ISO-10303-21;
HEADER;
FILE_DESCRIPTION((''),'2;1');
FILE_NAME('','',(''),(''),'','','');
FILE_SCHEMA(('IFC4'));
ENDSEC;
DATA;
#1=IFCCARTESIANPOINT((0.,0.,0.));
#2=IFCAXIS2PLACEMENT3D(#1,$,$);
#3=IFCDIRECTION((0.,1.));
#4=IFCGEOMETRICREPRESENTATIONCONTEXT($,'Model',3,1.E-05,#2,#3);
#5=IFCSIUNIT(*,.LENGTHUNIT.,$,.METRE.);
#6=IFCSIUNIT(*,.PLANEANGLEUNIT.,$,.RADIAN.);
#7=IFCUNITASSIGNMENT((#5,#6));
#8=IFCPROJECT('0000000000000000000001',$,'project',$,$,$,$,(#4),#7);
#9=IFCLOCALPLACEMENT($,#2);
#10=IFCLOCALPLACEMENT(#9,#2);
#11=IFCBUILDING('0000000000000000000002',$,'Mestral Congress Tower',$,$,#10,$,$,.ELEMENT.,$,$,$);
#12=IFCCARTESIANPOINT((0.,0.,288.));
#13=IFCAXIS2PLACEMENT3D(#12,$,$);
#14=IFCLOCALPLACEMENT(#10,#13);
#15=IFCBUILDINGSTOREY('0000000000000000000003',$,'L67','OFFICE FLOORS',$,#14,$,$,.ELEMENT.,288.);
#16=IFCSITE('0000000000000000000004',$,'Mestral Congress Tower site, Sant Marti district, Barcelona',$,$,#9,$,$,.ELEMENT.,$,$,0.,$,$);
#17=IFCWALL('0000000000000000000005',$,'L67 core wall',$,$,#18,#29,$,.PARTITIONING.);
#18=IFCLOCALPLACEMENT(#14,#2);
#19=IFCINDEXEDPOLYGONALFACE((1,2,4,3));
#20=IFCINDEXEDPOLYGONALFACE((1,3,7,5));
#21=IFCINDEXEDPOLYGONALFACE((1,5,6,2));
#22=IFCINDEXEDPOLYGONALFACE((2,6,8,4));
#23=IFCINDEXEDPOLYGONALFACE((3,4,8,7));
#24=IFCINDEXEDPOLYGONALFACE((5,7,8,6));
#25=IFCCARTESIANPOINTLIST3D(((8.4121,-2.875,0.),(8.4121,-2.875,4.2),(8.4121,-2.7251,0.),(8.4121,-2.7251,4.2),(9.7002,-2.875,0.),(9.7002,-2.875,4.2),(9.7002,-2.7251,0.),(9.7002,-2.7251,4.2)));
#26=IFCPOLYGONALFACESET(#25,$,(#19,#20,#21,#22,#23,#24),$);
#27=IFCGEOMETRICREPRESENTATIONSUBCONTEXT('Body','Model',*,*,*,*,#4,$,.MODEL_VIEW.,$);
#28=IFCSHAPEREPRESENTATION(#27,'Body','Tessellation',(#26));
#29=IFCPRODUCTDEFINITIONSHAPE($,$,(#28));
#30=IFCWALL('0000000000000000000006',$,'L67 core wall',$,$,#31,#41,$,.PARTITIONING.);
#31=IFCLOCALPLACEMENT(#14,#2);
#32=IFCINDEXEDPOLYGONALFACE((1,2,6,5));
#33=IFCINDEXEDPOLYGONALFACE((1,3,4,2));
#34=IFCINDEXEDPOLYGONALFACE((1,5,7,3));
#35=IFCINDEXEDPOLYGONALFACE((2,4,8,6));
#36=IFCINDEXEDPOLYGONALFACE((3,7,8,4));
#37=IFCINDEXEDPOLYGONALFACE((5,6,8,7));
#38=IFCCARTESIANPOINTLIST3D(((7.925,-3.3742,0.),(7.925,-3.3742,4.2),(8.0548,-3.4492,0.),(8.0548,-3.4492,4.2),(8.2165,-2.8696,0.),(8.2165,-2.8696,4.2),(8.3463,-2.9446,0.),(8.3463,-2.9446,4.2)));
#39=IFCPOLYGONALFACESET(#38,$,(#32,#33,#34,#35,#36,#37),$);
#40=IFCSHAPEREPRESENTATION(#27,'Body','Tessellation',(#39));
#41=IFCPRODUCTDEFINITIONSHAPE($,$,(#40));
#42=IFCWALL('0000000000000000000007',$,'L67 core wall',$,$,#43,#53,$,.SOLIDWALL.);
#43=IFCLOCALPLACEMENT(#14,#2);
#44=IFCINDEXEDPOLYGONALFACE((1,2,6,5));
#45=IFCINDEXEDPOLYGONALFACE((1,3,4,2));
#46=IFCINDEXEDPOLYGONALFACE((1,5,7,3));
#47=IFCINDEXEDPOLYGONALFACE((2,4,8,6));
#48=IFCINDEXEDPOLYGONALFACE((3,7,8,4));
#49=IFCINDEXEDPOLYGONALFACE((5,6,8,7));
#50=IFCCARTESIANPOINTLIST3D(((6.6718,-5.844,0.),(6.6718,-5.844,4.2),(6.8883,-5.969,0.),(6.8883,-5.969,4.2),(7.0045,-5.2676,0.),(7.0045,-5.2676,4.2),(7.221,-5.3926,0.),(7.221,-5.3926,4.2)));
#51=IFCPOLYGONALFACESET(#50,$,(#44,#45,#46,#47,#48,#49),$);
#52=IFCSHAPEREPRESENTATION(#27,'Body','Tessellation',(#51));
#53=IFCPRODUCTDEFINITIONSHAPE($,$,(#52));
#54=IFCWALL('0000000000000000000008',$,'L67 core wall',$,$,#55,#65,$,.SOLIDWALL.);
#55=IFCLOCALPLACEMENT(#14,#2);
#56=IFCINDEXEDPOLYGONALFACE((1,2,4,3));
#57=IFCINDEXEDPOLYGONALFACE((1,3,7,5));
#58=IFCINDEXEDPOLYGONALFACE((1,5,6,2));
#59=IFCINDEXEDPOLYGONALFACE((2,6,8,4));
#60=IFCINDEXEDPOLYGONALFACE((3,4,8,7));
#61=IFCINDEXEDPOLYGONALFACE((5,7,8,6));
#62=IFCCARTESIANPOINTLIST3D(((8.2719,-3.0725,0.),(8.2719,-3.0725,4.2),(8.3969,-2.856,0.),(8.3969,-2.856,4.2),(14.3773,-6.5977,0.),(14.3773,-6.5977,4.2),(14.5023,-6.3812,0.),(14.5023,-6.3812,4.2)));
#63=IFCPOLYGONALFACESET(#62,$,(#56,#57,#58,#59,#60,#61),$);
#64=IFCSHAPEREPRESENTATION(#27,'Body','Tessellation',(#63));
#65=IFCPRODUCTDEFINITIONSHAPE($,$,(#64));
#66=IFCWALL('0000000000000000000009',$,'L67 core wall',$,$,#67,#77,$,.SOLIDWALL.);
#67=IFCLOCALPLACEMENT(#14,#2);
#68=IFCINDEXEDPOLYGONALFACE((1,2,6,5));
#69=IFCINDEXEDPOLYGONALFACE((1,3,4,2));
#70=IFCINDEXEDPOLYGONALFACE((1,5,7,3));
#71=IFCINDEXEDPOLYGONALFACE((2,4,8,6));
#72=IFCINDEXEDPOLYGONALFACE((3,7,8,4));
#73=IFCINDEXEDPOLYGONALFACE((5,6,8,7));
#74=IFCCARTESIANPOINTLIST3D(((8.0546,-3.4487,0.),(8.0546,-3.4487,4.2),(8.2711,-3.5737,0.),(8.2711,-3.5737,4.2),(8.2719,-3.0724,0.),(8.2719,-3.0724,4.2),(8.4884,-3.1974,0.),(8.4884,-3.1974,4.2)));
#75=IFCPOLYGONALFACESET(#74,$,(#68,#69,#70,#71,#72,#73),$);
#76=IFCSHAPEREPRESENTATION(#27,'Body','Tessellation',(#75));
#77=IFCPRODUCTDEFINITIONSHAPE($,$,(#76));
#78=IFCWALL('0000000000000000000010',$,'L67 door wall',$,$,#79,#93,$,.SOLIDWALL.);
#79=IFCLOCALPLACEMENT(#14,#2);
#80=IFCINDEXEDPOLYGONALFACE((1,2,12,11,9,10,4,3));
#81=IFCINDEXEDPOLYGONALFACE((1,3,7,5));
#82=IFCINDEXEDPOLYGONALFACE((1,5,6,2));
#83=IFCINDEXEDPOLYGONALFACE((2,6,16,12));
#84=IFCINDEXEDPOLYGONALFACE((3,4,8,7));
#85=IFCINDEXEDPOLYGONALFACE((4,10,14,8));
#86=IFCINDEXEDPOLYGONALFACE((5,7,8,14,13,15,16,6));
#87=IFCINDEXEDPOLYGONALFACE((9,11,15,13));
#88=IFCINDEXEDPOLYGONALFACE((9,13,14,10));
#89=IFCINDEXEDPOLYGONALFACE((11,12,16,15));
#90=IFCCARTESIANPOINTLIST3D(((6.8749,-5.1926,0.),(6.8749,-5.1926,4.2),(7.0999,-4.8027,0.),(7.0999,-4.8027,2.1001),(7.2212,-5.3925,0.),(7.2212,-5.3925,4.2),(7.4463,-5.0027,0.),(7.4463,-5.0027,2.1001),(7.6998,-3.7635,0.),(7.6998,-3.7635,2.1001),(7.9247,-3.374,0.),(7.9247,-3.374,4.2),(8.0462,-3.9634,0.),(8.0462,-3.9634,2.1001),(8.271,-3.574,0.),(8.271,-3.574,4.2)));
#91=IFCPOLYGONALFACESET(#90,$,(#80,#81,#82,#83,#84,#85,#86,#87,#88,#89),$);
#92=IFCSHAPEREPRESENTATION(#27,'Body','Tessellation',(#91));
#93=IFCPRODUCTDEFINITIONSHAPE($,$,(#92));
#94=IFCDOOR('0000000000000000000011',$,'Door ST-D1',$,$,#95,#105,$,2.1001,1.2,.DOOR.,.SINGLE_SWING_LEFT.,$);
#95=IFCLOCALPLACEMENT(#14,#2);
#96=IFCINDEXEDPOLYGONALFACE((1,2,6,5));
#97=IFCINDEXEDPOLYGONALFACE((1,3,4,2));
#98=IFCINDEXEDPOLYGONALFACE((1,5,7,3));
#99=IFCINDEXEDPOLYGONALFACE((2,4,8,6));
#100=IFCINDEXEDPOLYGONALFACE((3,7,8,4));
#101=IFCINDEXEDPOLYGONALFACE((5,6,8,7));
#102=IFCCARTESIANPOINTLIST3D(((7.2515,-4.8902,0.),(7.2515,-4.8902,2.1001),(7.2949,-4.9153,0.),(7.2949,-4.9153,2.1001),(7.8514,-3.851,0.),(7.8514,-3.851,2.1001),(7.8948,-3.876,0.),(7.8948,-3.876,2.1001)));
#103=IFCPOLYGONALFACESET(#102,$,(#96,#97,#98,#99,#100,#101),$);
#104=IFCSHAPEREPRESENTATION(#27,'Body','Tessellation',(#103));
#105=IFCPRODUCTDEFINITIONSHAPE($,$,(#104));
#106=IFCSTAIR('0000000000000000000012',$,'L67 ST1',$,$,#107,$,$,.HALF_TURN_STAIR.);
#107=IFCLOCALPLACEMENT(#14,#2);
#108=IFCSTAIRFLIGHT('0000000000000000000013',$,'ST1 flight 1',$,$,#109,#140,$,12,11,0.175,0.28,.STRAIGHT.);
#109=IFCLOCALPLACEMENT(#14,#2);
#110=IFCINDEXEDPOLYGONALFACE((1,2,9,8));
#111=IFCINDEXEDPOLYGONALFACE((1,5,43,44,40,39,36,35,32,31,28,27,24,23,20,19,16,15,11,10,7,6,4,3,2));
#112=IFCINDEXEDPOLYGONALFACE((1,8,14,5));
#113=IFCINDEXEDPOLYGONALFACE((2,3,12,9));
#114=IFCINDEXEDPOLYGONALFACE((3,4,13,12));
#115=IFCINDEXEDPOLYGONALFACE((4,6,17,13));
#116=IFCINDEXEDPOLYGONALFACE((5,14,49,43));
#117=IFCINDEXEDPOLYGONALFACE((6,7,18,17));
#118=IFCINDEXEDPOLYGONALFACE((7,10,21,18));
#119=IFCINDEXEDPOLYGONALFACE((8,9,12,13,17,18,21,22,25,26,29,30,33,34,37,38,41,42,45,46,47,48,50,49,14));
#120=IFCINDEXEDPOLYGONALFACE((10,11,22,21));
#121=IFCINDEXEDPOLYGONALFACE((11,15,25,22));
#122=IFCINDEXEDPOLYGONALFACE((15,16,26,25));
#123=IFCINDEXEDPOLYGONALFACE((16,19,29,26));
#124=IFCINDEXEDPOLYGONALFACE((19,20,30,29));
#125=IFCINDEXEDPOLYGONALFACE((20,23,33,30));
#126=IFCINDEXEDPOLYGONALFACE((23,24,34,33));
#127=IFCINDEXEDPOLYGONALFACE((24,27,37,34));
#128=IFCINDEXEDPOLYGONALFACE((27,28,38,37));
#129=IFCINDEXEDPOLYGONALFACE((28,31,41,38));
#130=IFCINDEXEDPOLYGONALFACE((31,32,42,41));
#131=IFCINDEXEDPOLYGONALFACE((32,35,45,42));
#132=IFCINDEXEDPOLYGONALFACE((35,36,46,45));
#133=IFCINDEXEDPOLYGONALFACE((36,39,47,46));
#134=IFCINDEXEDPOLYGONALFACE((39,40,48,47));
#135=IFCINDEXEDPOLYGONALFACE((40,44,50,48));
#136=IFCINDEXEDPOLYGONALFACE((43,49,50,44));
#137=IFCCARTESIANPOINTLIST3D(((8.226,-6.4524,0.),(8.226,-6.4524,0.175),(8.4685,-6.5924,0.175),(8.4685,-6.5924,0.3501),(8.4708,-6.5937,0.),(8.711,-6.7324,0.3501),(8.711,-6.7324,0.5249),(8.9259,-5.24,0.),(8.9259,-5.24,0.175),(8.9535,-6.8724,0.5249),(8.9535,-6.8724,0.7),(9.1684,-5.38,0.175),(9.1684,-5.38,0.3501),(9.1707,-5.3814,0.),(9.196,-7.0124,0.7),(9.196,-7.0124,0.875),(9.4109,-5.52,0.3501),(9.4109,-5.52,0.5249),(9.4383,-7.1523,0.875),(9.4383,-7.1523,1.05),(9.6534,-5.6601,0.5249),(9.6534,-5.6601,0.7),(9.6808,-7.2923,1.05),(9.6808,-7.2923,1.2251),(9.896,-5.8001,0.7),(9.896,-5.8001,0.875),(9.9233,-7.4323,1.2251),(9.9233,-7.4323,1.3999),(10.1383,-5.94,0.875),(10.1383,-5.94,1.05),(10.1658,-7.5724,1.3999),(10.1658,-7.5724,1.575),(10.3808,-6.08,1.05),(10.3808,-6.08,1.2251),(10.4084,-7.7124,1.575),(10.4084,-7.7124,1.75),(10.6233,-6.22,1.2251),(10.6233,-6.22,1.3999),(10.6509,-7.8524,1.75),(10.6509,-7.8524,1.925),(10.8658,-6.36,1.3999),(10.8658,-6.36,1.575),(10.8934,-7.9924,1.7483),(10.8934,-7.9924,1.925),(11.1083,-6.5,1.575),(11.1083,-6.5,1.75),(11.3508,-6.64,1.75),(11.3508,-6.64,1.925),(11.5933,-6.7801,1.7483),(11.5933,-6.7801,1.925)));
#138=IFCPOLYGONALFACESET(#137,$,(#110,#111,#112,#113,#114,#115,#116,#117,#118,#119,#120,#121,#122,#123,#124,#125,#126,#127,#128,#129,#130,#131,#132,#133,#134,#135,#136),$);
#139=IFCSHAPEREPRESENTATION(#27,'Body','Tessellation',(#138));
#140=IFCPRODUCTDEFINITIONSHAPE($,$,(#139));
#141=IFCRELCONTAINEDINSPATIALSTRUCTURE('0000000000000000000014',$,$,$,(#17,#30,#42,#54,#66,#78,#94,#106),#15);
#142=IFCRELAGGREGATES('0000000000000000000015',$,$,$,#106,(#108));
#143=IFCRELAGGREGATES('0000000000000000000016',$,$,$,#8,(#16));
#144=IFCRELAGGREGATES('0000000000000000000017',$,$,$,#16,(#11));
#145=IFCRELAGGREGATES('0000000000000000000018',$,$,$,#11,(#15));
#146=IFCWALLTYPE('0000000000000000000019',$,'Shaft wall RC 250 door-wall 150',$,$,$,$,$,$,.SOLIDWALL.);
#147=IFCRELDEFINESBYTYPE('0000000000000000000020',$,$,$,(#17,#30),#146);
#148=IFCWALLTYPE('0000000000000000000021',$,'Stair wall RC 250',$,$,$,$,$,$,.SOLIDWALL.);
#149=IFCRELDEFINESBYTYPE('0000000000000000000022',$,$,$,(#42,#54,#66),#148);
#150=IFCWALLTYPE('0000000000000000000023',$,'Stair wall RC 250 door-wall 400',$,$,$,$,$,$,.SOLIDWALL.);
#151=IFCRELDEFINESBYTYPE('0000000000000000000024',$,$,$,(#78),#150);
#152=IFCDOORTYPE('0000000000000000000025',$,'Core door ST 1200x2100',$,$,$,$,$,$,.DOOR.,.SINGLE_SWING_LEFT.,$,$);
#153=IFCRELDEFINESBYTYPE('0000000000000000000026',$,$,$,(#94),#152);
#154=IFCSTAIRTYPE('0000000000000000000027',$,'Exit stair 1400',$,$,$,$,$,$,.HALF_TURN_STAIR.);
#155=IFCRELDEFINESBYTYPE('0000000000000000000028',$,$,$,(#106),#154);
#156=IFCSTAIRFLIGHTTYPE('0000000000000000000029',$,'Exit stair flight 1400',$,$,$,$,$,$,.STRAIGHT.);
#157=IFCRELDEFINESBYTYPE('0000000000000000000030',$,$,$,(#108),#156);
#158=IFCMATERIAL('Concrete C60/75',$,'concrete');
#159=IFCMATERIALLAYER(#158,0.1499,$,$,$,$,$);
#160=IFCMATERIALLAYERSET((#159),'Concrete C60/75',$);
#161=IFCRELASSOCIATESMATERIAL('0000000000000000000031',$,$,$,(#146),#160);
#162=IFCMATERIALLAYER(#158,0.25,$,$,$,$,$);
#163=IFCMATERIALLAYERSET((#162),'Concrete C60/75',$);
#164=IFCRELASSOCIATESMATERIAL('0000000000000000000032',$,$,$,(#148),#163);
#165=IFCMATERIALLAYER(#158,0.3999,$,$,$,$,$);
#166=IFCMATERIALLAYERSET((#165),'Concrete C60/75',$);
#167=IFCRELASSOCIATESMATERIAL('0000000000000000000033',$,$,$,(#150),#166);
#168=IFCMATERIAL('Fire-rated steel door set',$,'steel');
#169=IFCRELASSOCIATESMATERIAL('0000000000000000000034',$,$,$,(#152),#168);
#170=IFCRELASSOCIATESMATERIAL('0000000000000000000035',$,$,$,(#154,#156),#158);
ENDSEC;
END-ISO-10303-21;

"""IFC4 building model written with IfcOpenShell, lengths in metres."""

from ifc_helpers import new_model, si_unit, direction, frame, frame_2d, origin, place, context, subcontext, project, spatial, polyline, rectangle, outline, extrude, material, layer, layer_set, type_object, element, fill, aggregate, save


model = new_model("IFC4")

# Units and contexts
model_context = context("Model", 3, precision=1e-05, world=origin(), true_north=direction((0.0, 1.0)))
body_context = subcontext(model_context, "Body", "Model", "MODEL_VIEW")
ifc_project = project(units=[si_unit("LENGTHUNIT", "METRE"), si_unit("PLANEANGLEUNIT", "RADIAN")], contexts=[model_context])

# Site, building, storey
site_placement = place(None, origin())
site = spatial("IfcSite", under=ifc_project, at=site_placement, Name="Mestral Congress Tower site, Sant Marti district, Barcelona", CompositionType="ELEMENT", RefElevation=0.0)
building_placement = place(site_placement, origin())
building = spatial("IfcBuilding", under=site, at=building_placement, Name="Mestral Congress Tower", CompositionType="ELEMENT")
storey_placement = place(building_placement, frame((0.0, 0.0, 288.0)))
storey = spatial("IfcBuildingStorey", under=building, at=storey_placement, Name="L67", Description="OFFICE FLOORS", CompositionType="ELEMENT", Elevation=288.0)

# Shared definitions
ifc_material_1 = material(Name="Fire-rated steel door set", Category="steel")

# Walls
ifc_material_2 = material(Name="Concrete C60/75", Category="concrete")
ifc_layer_1 = layer(ifc_material_2, 0.1499)
ifc_layer_set_1 = layer_set([ifc_layer_1], Name="Concrete C60/75")
wall_type_1 = type_object("IfcWallType", Name="Shaft wall RC 250 door-wall 150", PredefinedType="SOLIDWALL", material=ifc_layer_set_1)
wall_1_placement = place(storey_placement, frame((8.4121, -2.8, 0.0), z_axis=(0.0, 0.0, 1.0), x_axis=(1.0, 0.0, 0.0)))
element("IfcWall", 1, at=wall_1_placement, inside=storey, type_object=wall_type_1, Name="L67 core wall", PredefinedType="PARTITIONING", context=body_context, shape_type="SweptSolid", body=[
    extrude(rectangle(XDim=1.2881, YDim=0.1499, at=frame_2d((0.644, 0.0))), origin(), (0.0, 0.0, 1.0), 4.2),
])
wall_2_placement = place(storey_placement, frame((8.2815, -2.907, 0.0), z_axis=(0.0, 0.0, 1.0), x_axis=(-0.500194, -0.865913, 0.0)))
element("IfcWall", 2, at=wall_2_placement, inside=storey, type_object=wall_type_1, Name="L67 core wall", PredefinedType="PARTITIONING", context=body_context, shape_type="SweptSolid", body=[
    extrude(rectangle(XDim=0.5828, YDim=0.1499, at=frame_2d((0.2915, 0.0))), origin(), (0.0, 0.0, 1.0), 4.2),
])
ifc_layer_2 = layer(ifc_material_2, 0.25)
ifc_layer_set_2 = layer_set([ifc_layer_2], Name="Concrete C60/75")
wall_type_2 = type_object("IfcWallType", Name="Stair wall RC 250", PredefinedType="SOLIDWALL", material=ifc_layer_set_2)
wall_3_placement = place(storey_placement, frame((7.1128, -5.3301, 0.0), z_axis=(0.0, 0.0, 1.0), x_axis=(-0.499966, -0.866045, 0.0)))
element("IfcWall", 3, at=wall_3_placement, inside=storey, type_object=wall_type_2, Name="L67 core wall", PredefinedType="SOLIDWALL", context=body_context, shape_type="SweptSolid", body=[
    extrude(rectangle(XDim=0.6655, YDim=0.25, at=frame_2d((0.3328, 0.0))), origin(), (0.0, 0.0, 1.0), 4.2),
])
wall_4_placement = place(storey_placement, frame((8.3345, -2.9644, 0.0), z_axis=(0.0, 0.0, 1.0), x_axis=(0.866016, -0.500016, 0.0)))
element("IfcWall", 4, at=wall_4_placement, inside=storey, type_object=wall_type_2, Name="L67 core wall", PredefinedType="SOLIDWALL", context=body_context, shape_type="SweptSolid", body=[
    extrude(rectangle(XDim=7.05, YDim=0.25, at=frame_2d((3.5249, 0.0))), origin(), (0.0, 0.0, 1.0), 4.2),
])
wall_5_placement = place(storey_placement, frame((8.1628, -3.5112, 0.0), z_axis=(0.0, 0.0, 1.0), x_axis=(0.500128, 0.865952, 0.0)))
element("IfcWall", 5, at=wall_5_placement, inside=storey, type_object=wall_type_2, Name="L67 core wall", PredefinedType="SOLIDWALL", context=body_context, shape_type="SweptSolid", body=[
    extrude(rectangle(XDim=0.4346, YDim=0.25, at=frame_2d((0.2173, 0.0))), origin(), (0.0, 0.0, 1.0), 4.2),
])

# Wall, opening, door
ifc_layer_3 = layer(ifc_material_2, 0.3999)
ifc_layer_set_3 = layer_set([ifc_layer_3], Name="Concrete C60/75")
wall_type_3 = type_object("IfcWallType", Name="Stair wall RC 250 door-wall 400", PredefinedType="SOLIDWALL", material=ifc_layer_set_3)
wall_6_placement = place(storey_placement, frame((7.0481, -5.2925, 0.0), z_axis=(0.0, 0.0, 1.0), x_axis=(0.499941, 0.86606, 0.0)))
wall_6 = element("IfcWall", 6, at=wall_6_placement, inside=storey, type_object=wall_type_3, Name="L67 door wall", PredefinedType="SOLIDWALL", context=body_context, shape_type="SweptSolid", body=[
    extrude(rectangle(XDim=2.0999, YDim=0.3999, at=frame_2d((1.0498, 0.0))), origin(), (0.0, 0.0, 1.0), 4.2),
])
opening_1_placement = place(wall_6_placement, frame((0.45, 0.0, 0.0)))
opening_1 = element("IfcOpeningElement", 7, at=opening_1_placement, cuts=wall_6, PredefinedType="OPENING", context=body_context, shape_type="SweptSolid", body=[
    extrude(rectangle(XDim=1.2, YDim=2.1001, at=frame_2d((0.6001, 1.05))), frame((0.0, 0.21, 0.0), z_axis=(0.0, -1.0, 0.0), x_axis=(1.0, 0.0, 0.0)), (0.0, 0.0, 1.0), 0.4199),
])
door_type_1 = type_object("IfcDoorType", Name="Core door ST 1200x2100", OperationType="SINGLE_SWING_LEFT", PredefinedType="DOOR", material=ifc_material_1)
door_1_placement = place(opening_1_placement, origin())
door_1 = element("IfcDoor", 8, at=door_1_placement, inside=storey, type_object=door_type_1, Name="Door ST-D1", OperationType="SINGLE_SWING_LEFT", OverallHeight=2.1001, OverallWidth=1.2, PredefinedType="DOOR", context=body_context, shape_type="SweptSolid", body=[
    extrude(rectangle(XDim=1.2, YDim=2.1001, at=frame_2d((0.6001, 1.05))), frame((0.0, 0.0249, 0.0), z_axis=(0.0, -1.0, 0.0), x_axis=(1.0, 0.0, 0.0)), (0.0, 0.0, 1.0), 0.05),
])
fill(opening_1, door_1)

# Stair, stair flight
stair_type = type_object("IfcStairType", Name="Exit stair 1400", PredefinedType="HALF_TURN_STAIR", material=ifc_material_2)
stair_placement = place(storey_placement, origin())
stair = element("IfcStair", 9, at=stair_placement, inside=storey, type_object=stair_type, Name="L67 ST1", PredefinedType="HALF_TURN_STAIR")
stair_flight_type = type_object("IfcStairFlightType", Name="Exit stair flight 1400", PredefinedType="STRAIGHT", material=ifc_material_2)
stair_flight_placement = place(storey_placement, frame((8.5759, -5.8462, 0.0), z_axis=(0.0, 0.0, 1.0), x_axis=(0.866025, -0.5, 0.0)))
stair_flight = element("IfcStairFlight", 10, at=stair_flight_placement, type_object=stair_flight_type, Name="ST1 flight 1", NumberOfRisers=12, NumberOfTreads=11, PredefinedType="STRAIGHT", RiserHeight=0.175, TreadLength=0.28, context=body_context, shape_type="SweptSolid", body=[
    extrude(outline(polyline([(0.0, 0.0), (0.0, 0.175), (0.28, 0.175), (0.28, 0.3501), (0.5601, 0.3501), (0.5601, 0.5249), (0.8401, 0.5249), (0.8401, 0.7), (1.1201, 0.7), (1.1201, 0.875), (1.3999, 0.875), (1.3999, 1.05), (1.6799, 1.05), (1.6799, 1.2251), (1.96, 1.2251), (1.96, 1.3999), (2.24, 1.3999), (2.24, 1.575), (2.52, 1.575), (2.52, 1.75), (2.8, 1.75), (2.8, 1.925), (3.0801, 1.925), (3.0801, 2.1001), (3.0801, 1.7483), (0.2827, 0.0), (0.0, 0.0)])), frame((0.0, 0.7, 0.0), z_axis=(0.0, -1.0, 0.0), x_axis=(1.0, 0.0, 0.0)), (0.0, 0.0, 1.0), 1.3999),
])
aggregate(stair, [stair_flight])

save(model, "model.ifc")
